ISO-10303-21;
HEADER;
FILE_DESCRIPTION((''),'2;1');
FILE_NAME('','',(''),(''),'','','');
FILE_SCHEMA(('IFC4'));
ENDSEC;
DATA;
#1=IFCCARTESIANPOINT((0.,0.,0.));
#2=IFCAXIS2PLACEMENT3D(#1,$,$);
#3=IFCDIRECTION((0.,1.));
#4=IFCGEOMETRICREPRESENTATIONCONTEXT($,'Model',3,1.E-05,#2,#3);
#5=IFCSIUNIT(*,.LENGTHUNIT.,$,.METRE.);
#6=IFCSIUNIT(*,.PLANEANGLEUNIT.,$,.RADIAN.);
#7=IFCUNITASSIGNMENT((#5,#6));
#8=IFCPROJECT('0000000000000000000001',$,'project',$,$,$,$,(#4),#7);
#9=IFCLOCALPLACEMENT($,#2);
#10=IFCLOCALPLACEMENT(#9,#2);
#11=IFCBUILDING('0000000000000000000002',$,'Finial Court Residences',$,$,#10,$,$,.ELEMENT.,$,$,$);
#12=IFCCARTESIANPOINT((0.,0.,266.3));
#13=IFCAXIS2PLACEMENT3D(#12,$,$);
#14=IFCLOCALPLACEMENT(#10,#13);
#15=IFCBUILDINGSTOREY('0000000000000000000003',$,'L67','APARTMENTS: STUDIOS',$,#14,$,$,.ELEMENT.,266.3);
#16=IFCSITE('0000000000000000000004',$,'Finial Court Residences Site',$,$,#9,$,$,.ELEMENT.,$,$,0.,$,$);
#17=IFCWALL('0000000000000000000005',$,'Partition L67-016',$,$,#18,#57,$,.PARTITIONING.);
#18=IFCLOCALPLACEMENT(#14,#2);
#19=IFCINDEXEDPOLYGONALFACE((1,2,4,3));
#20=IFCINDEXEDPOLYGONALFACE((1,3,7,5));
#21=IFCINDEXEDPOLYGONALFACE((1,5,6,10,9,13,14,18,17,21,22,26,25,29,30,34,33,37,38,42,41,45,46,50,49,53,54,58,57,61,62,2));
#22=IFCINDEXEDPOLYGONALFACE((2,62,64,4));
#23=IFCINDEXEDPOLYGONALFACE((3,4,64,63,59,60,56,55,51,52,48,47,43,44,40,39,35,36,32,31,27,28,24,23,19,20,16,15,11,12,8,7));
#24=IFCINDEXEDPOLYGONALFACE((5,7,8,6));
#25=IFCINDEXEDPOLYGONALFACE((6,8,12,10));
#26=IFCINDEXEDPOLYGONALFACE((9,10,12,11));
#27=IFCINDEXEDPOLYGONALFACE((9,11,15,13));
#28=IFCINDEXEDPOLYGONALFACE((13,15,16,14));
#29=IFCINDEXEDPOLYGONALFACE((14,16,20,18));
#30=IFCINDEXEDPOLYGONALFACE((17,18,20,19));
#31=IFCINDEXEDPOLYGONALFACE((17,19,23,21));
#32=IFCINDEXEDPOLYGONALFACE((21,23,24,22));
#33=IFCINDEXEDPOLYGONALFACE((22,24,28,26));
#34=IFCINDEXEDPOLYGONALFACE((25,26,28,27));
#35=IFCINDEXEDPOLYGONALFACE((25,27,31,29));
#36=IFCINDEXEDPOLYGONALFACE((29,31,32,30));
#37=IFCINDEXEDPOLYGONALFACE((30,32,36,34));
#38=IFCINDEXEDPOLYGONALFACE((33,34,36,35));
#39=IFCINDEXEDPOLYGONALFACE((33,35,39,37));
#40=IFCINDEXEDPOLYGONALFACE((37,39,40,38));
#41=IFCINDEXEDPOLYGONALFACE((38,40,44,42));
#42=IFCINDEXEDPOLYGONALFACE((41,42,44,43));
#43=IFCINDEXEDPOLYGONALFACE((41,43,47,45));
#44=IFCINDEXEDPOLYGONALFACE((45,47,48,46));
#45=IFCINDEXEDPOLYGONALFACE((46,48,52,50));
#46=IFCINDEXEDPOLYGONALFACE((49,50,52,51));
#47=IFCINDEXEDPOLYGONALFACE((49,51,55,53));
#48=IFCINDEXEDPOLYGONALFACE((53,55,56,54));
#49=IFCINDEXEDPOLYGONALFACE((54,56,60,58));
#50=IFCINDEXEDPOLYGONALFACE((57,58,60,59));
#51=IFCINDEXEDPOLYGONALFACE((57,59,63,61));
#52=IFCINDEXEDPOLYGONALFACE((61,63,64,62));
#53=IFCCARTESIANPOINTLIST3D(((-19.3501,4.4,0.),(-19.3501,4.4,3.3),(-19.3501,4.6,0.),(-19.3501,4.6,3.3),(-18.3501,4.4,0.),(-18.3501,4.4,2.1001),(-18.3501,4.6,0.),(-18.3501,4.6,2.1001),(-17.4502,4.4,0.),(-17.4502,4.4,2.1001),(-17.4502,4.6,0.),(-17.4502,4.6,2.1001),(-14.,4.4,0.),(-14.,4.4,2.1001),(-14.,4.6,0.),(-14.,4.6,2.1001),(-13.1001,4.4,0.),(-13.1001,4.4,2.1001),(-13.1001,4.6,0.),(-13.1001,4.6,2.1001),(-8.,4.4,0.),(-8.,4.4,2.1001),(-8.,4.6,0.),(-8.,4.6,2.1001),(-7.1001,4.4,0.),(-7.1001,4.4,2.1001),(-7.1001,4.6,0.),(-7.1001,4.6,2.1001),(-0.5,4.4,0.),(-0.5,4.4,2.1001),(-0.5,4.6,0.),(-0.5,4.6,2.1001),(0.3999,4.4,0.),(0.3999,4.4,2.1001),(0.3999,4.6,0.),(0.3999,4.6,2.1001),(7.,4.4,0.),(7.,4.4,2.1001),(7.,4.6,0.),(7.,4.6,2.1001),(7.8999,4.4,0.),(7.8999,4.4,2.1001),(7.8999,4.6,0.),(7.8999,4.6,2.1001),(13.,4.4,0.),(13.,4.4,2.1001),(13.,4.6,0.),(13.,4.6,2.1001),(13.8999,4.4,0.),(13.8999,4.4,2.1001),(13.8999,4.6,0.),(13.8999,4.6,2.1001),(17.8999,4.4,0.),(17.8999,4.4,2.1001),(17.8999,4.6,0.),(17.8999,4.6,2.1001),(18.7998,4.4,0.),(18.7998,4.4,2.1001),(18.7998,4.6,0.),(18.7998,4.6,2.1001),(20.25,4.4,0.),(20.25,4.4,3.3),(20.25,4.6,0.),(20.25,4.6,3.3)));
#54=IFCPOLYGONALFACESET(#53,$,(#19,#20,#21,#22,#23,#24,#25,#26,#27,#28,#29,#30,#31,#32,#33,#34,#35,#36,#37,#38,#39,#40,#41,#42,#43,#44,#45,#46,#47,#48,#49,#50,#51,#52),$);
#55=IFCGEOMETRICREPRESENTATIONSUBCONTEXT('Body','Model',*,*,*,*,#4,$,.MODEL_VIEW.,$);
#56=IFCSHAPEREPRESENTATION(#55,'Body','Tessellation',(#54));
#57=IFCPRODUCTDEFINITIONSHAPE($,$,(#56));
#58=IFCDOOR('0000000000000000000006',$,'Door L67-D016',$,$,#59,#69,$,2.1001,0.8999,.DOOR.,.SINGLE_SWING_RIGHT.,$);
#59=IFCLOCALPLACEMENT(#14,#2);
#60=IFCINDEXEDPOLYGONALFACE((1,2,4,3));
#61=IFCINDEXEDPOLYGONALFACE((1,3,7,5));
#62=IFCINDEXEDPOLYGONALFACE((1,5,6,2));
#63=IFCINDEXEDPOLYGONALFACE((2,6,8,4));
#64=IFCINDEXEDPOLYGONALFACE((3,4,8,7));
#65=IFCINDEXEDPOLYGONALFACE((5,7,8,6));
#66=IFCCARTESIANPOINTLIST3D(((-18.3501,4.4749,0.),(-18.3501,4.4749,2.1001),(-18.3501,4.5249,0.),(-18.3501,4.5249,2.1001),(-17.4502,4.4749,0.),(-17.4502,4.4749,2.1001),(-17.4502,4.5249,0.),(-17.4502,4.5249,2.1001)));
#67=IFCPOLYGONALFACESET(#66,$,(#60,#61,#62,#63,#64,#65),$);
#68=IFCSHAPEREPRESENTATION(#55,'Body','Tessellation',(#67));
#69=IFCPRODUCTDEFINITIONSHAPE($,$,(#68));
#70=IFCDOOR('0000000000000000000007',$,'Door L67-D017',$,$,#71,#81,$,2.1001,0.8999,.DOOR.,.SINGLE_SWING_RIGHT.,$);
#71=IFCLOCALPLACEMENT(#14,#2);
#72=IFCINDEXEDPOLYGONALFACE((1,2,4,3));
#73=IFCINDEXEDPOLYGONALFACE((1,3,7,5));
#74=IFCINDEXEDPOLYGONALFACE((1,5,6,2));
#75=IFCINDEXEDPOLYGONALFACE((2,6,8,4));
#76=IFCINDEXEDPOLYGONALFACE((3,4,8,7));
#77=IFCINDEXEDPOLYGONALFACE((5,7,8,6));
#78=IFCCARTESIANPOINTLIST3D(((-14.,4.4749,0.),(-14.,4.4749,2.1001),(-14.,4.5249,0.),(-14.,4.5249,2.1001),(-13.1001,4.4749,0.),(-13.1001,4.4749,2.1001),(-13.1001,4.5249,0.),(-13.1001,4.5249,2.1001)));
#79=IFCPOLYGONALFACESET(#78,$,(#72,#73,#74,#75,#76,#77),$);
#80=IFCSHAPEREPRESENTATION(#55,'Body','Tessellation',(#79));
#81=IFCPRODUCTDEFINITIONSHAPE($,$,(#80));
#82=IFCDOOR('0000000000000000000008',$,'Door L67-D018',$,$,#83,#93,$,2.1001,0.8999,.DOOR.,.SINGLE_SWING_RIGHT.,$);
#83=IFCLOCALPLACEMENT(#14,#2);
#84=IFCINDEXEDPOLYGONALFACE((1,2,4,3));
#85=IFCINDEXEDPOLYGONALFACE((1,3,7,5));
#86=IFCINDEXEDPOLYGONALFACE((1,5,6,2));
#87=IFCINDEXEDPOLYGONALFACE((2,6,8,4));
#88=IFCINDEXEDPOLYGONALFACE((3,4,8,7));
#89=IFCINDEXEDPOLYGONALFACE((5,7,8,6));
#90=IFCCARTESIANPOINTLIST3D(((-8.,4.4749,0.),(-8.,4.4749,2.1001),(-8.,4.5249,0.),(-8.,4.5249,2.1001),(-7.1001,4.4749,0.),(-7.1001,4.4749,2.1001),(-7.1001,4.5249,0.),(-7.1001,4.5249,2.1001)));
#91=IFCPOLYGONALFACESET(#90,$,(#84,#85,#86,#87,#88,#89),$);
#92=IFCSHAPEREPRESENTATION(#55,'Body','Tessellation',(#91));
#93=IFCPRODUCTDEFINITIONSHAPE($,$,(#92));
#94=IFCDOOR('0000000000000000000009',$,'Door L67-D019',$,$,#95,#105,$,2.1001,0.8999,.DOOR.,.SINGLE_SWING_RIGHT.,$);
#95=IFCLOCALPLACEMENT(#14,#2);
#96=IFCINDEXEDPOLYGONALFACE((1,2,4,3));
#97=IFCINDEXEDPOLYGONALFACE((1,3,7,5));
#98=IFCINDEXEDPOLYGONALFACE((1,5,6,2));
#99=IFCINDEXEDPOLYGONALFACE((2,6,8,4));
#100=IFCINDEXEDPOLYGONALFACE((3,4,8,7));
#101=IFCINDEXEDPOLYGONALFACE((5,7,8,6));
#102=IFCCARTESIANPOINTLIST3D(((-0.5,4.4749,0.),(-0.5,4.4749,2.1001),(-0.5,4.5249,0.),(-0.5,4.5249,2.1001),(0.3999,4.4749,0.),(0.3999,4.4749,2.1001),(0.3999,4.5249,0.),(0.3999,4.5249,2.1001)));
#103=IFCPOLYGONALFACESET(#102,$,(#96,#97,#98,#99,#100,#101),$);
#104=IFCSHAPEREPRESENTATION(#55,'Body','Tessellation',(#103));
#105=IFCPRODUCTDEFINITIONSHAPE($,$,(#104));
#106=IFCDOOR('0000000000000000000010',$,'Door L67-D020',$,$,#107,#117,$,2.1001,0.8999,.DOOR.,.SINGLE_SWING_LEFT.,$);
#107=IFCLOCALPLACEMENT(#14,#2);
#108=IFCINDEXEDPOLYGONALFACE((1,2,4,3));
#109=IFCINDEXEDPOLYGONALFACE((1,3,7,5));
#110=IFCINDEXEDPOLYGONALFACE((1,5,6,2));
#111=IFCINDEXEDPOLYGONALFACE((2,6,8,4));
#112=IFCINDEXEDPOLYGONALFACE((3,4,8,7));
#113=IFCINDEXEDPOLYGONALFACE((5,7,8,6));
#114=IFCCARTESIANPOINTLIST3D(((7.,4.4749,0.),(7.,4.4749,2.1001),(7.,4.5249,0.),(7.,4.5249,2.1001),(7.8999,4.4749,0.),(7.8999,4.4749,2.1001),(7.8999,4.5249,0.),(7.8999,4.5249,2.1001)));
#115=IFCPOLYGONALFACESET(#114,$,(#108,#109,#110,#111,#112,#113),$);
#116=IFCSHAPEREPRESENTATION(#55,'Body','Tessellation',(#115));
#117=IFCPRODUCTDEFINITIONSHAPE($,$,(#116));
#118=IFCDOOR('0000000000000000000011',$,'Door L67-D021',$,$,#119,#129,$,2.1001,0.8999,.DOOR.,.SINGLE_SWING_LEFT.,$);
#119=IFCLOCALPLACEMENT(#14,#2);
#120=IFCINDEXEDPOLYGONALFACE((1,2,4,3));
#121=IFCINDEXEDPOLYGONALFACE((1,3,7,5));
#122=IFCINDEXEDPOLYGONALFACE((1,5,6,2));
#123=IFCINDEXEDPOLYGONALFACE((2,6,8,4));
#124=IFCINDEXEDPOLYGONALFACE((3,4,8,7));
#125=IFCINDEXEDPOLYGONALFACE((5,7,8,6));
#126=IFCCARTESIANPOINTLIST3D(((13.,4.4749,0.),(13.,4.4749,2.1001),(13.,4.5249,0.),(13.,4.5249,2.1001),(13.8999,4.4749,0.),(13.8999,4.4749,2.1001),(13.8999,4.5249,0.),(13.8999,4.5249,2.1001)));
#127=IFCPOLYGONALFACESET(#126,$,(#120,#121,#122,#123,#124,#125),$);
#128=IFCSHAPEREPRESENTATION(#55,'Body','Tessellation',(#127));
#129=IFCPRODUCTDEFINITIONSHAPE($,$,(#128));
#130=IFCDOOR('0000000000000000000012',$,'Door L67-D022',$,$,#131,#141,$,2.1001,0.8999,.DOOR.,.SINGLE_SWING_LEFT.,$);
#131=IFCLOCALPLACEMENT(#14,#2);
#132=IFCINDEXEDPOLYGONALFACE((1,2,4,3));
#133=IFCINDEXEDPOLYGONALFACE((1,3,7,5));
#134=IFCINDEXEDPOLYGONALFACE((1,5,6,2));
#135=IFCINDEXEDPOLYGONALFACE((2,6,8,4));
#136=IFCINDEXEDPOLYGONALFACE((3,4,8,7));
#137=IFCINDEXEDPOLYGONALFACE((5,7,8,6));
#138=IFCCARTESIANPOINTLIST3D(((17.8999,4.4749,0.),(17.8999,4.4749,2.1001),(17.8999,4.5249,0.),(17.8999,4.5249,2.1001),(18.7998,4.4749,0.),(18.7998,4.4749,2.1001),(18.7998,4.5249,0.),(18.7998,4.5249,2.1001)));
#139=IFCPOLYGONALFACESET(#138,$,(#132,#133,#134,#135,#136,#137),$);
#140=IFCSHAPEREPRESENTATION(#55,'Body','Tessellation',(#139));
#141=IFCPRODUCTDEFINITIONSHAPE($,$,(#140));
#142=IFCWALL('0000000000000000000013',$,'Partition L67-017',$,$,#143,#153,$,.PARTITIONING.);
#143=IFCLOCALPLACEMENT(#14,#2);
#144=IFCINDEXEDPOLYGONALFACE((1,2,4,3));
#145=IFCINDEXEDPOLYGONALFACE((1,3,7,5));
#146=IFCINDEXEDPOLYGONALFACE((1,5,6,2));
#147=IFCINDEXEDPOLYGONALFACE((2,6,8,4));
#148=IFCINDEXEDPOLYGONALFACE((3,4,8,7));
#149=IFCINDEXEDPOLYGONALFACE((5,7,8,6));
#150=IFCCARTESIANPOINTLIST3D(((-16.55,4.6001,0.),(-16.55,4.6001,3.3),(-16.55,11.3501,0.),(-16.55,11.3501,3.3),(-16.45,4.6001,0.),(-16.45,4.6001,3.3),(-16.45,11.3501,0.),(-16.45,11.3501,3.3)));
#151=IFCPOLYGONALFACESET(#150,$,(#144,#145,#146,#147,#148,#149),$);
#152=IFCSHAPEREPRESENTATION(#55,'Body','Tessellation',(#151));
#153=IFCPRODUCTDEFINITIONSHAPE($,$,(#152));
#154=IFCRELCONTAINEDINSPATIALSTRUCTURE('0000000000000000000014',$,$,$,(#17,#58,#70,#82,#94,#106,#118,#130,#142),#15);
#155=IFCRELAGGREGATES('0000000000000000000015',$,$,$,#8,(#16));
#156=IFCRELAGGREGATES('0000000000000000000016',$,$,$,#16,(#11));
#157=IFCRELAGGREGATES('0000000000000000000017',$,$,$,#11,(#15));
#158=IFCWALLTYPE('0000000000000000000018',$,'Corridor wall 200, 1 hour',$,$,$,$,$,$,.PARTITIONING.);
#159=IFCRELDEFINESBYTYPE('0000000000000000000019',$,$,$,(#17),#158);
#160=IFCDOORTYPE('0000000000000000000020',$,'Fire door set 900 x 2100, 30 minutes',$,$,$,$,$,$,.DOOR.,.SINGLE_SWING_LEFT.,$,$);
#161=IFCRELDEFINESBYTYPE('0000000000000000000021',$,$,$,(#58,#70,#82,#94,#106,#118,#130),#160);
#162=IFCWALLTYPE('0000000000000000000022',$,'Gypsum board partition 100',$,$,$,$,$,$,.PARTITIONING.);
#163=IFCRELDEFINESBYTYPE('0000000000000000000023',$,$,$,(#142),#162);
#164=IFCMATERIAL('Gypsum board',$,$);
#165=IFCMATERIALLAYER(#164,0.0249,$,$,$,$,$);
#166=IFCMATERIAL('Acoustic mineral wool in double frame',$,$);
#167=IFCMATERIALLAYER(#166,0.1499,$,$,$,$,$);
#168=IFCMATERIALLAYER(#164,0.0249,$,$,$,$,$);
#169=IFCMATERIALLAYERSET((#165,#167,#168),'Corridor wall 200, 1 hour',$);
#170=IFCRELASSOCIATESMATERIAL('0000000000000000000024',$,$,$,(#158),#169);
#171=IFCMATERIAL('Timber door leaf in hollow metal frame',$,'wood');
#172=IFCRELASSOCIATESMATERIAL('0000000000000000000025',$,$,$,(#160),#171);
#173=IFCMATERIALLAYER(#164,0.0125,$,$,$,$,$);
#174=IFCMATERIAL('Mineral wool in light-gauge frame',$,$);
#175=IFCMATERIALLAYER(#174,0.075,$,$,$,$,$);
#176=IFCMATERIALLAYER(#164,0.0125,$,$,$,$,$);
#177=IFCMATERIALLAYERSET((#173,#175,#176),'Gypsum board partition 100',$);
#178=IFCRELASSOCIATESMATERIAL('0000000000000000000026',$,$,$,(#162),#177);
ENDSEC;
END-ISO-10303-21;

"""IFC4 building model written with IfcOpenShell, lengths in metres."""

from ifc_helpers import new_model, si_unit, direction, frame, frame_2d, origin, place, context, subcontext, project, spatial, rectangle, extrude, material, layer, layer_set, type_object, element, fill, save


model = new_model("IFC4")

# Units and contexts
model_context = context("Model", 3, precision=1e-05, world=origin(), true_north=direction((0.0, 1.0)))
body_context = subcontext(model_context, "Body", "Model", "MODEL_VIEW")
ifc_project = project(units=[si_unit("LENGTHUNIT", "METRE"), si_unit("PLANEANGLEUNIT", "RADIAN")], contexts=[model_context])

# Site, building, storey
site_placement = place(None, origin())
site = spatial("IfcSite", under=ifc_project, at=site_placement, Name="Finial Court Residences Site", CompositionType="ELEMENT", RefElevation=0.0)
building_placement = place(site_placement, origin())
building = spatial("IfcBuilding", under=site, at=building_placement, Name="Finial Court Residences", CompositionType="ELEMENT")
storey_placement = place(building_placement, frame((0.0, 0.0, 266.3)))
storey = spatial("IfcBuildingStorey", under=building, at=storey_placement, Name="L67", Description="APARTMENTS: STUDIOS", CompositionType="ELEMENT", Elevation=266.3)

# Shared definitions
ifc_material_1 = material(Name="Gypsum board")
ifc_layer_1 = layer(ifc_material_1, 0.0249)
ifc_material_2 = material(Name="Acoustic mineral wool in double frame")
ifc_layer_2 = layer(ifc_material_2, 0.1499)
ifc_layer_3 = layer(ifc_material_1, 0.0249)
ifc_layer_set_1 = layer_set([ifc_layer_1, ifc_layer_2, ifc_layer_3], Name="Corridor wall 200, 1 hour")
wall_type_1 = type_object("IfcWallType", Name="Corridor wall 200, 1 hour", PredefinedType="PARTITIONING", material=ifc_layer_set_1)

# Wall, openings, doors
wall_1_placement = place(storey_placement, frame((-19.3501, 4.5, 0.0), z_axis=(0.0, 0.0, 1.0), x_axis=(1.0, 0.0, 0.0)))
wall_1 = element("IfcWall", 1, at=wall_1_placement, inside=storey, type_object=wall_type_1, Name="Partition L67-016", PredefinedType="PARTITIONING", context=body_context, shape_type="SweptSolid", body=[
    extrude(rectangle(XDim=39.6001, YDim=0.2, at=frame_2d((19.8, 0.0))), origin(), (0.0, 0.0, 1.0), 3.3),
])
opening_1_placement = place(wall_1_placement, frame((1.0, 0.0, 0.0)))
opening_1 = element("IfcOpeningElement", 2, at=opening_1_placement, cuts=wall_1, PredefinedType="OPENING", context=body_context, shape_type="SweptSolid", body=[
    extrude(rectangle(XDim=0.8999, YDim=2.1001, at=frame_2d((0.45, 1.05))), frame((0.0, 0.1099, 0.0), z_axis=(0.0, -1.0, 0.0), x_axis=(1.0, 0.0, 0.0)), (0.0, 0.0, 1.0), 0.22),
])
opening_2_placement = place(wall_1_placement, frame((5.3501, 0.0, 0.0)))
opening_2 = element("IfcOpeningElement", 3, at=opening_2_placement, cuts=wall_1, PredefinedType="OPENING", context=body_context, shape_type="SweptSolid", body=[
    extrude(rectangle(XDim=0.8999, YDim=2.1001, at=frame_2d((0.45, 1.05))), frame((0.0, 0.1099, 0.0), z_axis=(0.0, -1.0, 0.0), x_axis=(1.0, 0.0, 0.0)), (0.0, 0.0, 1.0), 0.22),
])
opening_3_placement = place(wall_1_placement, frame((11.3501, 0.0, 0.0)))
opening_3 = element("IfcOpeningElement", 4, at=opening_3_placement, cuts=wall_1, PredefinedType="OPENING", context=body_context, shape_type="SweptSolid", body=[
    extrude(rectangle(XDim=0.8999, YDim=2.1001, at=frame_2d((0.45, 1.05))), frame((0.0, 0.1099, 0.0), z_axis=(0.0, -1.0, 0.0), x_axis=(1.0, 0.0, 0.0)), (0.0, 0.0, 1.0), 0.22),
])
opening_4_placement = place(wall_1_placement, frame((18.8501, 0.0, 0.0)))
opening_4 = element("IfcOpeningElement", 5, at=opening_4_placement, cuts=wall_1, PredefinedType="OPENING", context=body_context, shape_type="SweptSolid", body=[
    extrude(rectangle(XDim=0.8999, YDim=2.1001, at=frame_2d((0.45, 1.05))), frame((0.0, 0.1099, 0.0), z_axis=(0.0, -1.0, 0.0), x_axis=(1.0, 0.0, 0.0)), (0.0, 0.0, 1.0), 0.22),
])
opening_5_placement = place(wall_1_placement, frame((26.3501, 0.0, 0.0)))
opening_5 = element("IfcOpeningElement", 6, at=opening_5_placement, cuts=wall_1, PredefinedType="OPENING", context=body_context, shape_type="SweptSolid", body=[
    extrude(rectangle(XDim=0.8999, YDim=2.1001, at=frame_2d((0.45, 1.05))), frame((0.0, 0.1099, 0.0), z_axis=(0.0, -1.0, 0.0), x_axis=(1.0, 0.0, 0.0)), (0.0, 0.0, 1.0), 0.22),
])
opening_6_placement = place(wall_1_placement, frame((32.3501, 0.0, 0.0)))
opening_6 = element("IfcOpeningElement", 7, at=opening_6_placement, cuts=wall_1, PredefinedType="OPENING", context=body_context, shape_type="SweptSolid", body=[
    extrude(rectangle(XDim=0.8999, YDim=2.1001, at=frame_2d((0.45, 1.05))), frame((0.0, 0.1099, 0.0), z_axis=(0.0, -1.0, 0.0), x_axis=(1.0, 0.0, 0.0)), (0.0, 0.0, 1.0), 0.22),
])
opening_7_placement = place(wall_1_placement, frame((37.25, 0.0, 0.0)))
opening_7 = element("IfcOpeningElement", 8, at=opening_7_placement, cuts=wall_1, PredefinedType="OPENING", context=body_context, shape_type="SweptSolid", body=[
    extrude(rectangle(XDim=0.8999, YDim=2.1001, at=frame_2d((0.45, 1.05))), frame((0.0, 0.1099, 0.0), z_axis=(0.0, -1.0, 0.0), x_axis=(1.0, 0.0, 0.0)), (0.0, 0.0, 1.0), 0.22),
])
ifc_material_3 = material(Name="Timber door leaf in hollow metal frame", Category="wood")
door_type_1 = type_object("IfcDoorType", Name="Fire door set 900 x 2100, 30 minutes", OperationType="SINGLE_SWING_LEFT", PredefinedType="DOOR", material=ifc_material_3)
door_1_placement = place(opening_1_placement, origin())
door_1 = element("IfcDoor", 9, at=door_1_placement, inside=storey, type_object=door_type_1, Name="Door L67-D016", OperationType="SINGLE_SWING_RIGHT", OverallHeight=2.1001, OverallWidth=0.8999, PredefinedType="DOOR", context=body_context, shape_type="SweptSolid", body=[
    extrude(rectangle(XDim=0.8999, YDim=2.1001, at=frame_2d((0.45, 1.05))), frame((0.0, 0.0249, 0.0), z_axis=(0.0, -1.0, 0.0), x_axis=(1.0, 0.0, 0.0)), (0.0, 0.0, 1.0), 0.05),
])
fill(opening_1, door_1)
door_2_placement = place(opening_2_placement, origin())
door_2 = element("IfcDoor", 10, at=door_2_placement, inside=storey, type_object=door_type_1, Name="Door L67-D017", OperationType="SINGLE_SWING_RIGHT", OverallHeight=2.1001, OverallWidth=0.8999, PredefinedType="DOOR", context=body_context, shape_type="SweptSolid", body=[
    extrude(rectangle(XDim=0.8999, YDim=2.1001, at=frame_2d((0.45, 1.05))), frame((0.0, 0.0249, 0.0), z_axis=(0.0, -1.0, 0.0), x_axis=(1.0, 0.0, 0.0)), (0.0, 0.0, 1.0), 0.05),
])
fill(opening_2, door_2)
door_3_placement = place(opening_3_placement, origin())
door_3 = element("IfcDoor", 11, at=door_3_placement, inside=storey, type_object=door_type_1, Name="Door L67-D018", OperationType="SINGLE_SWING_RIGHT", OverallHeight=2.1001, OverallWidth=0.8999, PredefinedType="DOOR", context=body_context, shape_type="SweptSolid", body=[
    extrude(rectangle(XDim=0.8999, YDim=2.1001, at=frame_2d((0.45, 1.05))), frame((0.0, 0.0249, 0.0), z_axis=(0.0, -1.0, 0.0), x_axis=(1.0, 0.0, 0.0)), (0.0, 0.0, 1.0), 0.05),
])
fill(opening_3, door_3)
door_4_placement = place(opening_4_placement, origin())
door_4 = element("IfcDoor", 12, at=door_4_placement, inside=storey, type_object=door_type_1, Name="Door L67-D019", OperationType="SINGLE_SWING_RIGHT", OverallHeight=2.1001, OverallWidth=0.8999, PredefinedType="DOOR", context=body_context, shape_type="SweptSolid", body=[
    extrude(rectangle(XDim=0.8999, YDim=2.1001, at=frame_2d((0.45, 1.05))), frame((0.0, 0.0249, 0.0), z_axis=(0.0, -1.0, 0.0), x_axis=(1.0, 0.0, 0.0)), (0.0, 0.0, 1.0), 0.05),
])
fill(opening_4, door_4)
door_5_placement = place(opening_5_placement, origin())
door_5 = element("IfcDoor", 13, at=door_5_placement, inside=storey, type_object=door_type_1, Name="Door L67-D020", OperationType="SINGLE_SWING_LEFT", OverallHeight=2.1001, OverallWidth=0.8999, PredefinedType="DOOR", context=body_context, shape_type="SweptSolid", body=[
    extrude(rectangle(XDim=0.8999, YDim=2.1001, at=frame_2d((0.45, 1.05))), frame((0.0, 0.0249, 0.0), z_axis=(0.0, -1.0, 0.0), x_axis=(1.0, 0.0, 0.0)), (0.0, 0.0, 1.0), 0.05),
])
fill(opening_5, door_5)
door_6_placement = place(opening_6_placement, origin())
door_6 = element("IfcDoor", 14, at=door_6_placement, inside=storey, type_object=door_type_1, Name="Door L67-D021", OperationType="SINGLE_SWING_LEFT", OverallHeight=2.1001, OverallWidth=0.8999, PredefinedType="DOOR", context=body_context, shape_type="SweptSolid", body=[
    extrude(rectangle(XDim=0.8999, YDim=2.1001, at=frame_2d((0.45, 1.05))), frame((0.0, 0.0249, 0.0), z_axis=(0.0, -1.0, 0.0), x_axis=(1.0, 0.0, 0.0)), (0.0, 0.0, 1.0), 0.05),
])
fill(opening_6, door_6)
door_7_placement = place(opening_7_placement, origin())
door_7 = element("IfcDoor", 15, at=door_7_placement, inside=storey, type_object=door_type_1, Name="Door L67-D022", OperationType="SINGLE_SWING_LEFT", OverallHeight=2.1001, OverallWidth=0.8999, PredefinedType="DOOR", context=body_context, shape_type="SweptSolid", body=[
    extrude(rectangle(XDim=0.8999, YDim=2.1001, at=frame_2d((0.45, 1.05))), frame((0.0, 0.0249, 0.0), z_axis=(0.0, -1.0, 0.0), x_axis=(1.0, 0.0, 0.0)), (0.0, 0.0, 1.0), 0.05),
])
fill(opening_7, door_7)

# Wall
ifc_layer_4 = layer(ifc_material_1, 0.0125)
ifc_material_4 = material(Name="Mineral wool in light-gauge frame")
ifc_layer_5 = layer(ifc_material_4, 0.075)
ifc_layer_6 = layer(ifc_material_1, 0.0125)
ifc_layer_set_2 = layer_set([ifc_layer_4, ifc_layer_5, ifc_layer_6], Name="Gypsum board partition 100")
wall_type_2 = type_object("IfcWallType", Name="Gypsum board partition 100", PredefinedType="PARTITIONING", material=ifc_layer_set_2)
wall_2_placement = place(storey_placement, frame((-16.5, 4.6001, 0.0), z_axis=(0.0, 0.0, 1.0), x_axis=(0.0, 1.0, 0.0)))
element("IfcWall", 16, at=wall_2_placement, inside=storey, type_object=wall_type_2, Name="Partition L67-017", PredefinedType="PARTITIONING", context=body_context, shape_type="SweptSolid", body=[
    extrude(rectangle(XDim=6.75, YDim=0.1001, at=frame_2d((3.375, 0.0))), origin(), (0.0, 0.0, 1.0), 3.3),
])

save(model, "model.ifc")
